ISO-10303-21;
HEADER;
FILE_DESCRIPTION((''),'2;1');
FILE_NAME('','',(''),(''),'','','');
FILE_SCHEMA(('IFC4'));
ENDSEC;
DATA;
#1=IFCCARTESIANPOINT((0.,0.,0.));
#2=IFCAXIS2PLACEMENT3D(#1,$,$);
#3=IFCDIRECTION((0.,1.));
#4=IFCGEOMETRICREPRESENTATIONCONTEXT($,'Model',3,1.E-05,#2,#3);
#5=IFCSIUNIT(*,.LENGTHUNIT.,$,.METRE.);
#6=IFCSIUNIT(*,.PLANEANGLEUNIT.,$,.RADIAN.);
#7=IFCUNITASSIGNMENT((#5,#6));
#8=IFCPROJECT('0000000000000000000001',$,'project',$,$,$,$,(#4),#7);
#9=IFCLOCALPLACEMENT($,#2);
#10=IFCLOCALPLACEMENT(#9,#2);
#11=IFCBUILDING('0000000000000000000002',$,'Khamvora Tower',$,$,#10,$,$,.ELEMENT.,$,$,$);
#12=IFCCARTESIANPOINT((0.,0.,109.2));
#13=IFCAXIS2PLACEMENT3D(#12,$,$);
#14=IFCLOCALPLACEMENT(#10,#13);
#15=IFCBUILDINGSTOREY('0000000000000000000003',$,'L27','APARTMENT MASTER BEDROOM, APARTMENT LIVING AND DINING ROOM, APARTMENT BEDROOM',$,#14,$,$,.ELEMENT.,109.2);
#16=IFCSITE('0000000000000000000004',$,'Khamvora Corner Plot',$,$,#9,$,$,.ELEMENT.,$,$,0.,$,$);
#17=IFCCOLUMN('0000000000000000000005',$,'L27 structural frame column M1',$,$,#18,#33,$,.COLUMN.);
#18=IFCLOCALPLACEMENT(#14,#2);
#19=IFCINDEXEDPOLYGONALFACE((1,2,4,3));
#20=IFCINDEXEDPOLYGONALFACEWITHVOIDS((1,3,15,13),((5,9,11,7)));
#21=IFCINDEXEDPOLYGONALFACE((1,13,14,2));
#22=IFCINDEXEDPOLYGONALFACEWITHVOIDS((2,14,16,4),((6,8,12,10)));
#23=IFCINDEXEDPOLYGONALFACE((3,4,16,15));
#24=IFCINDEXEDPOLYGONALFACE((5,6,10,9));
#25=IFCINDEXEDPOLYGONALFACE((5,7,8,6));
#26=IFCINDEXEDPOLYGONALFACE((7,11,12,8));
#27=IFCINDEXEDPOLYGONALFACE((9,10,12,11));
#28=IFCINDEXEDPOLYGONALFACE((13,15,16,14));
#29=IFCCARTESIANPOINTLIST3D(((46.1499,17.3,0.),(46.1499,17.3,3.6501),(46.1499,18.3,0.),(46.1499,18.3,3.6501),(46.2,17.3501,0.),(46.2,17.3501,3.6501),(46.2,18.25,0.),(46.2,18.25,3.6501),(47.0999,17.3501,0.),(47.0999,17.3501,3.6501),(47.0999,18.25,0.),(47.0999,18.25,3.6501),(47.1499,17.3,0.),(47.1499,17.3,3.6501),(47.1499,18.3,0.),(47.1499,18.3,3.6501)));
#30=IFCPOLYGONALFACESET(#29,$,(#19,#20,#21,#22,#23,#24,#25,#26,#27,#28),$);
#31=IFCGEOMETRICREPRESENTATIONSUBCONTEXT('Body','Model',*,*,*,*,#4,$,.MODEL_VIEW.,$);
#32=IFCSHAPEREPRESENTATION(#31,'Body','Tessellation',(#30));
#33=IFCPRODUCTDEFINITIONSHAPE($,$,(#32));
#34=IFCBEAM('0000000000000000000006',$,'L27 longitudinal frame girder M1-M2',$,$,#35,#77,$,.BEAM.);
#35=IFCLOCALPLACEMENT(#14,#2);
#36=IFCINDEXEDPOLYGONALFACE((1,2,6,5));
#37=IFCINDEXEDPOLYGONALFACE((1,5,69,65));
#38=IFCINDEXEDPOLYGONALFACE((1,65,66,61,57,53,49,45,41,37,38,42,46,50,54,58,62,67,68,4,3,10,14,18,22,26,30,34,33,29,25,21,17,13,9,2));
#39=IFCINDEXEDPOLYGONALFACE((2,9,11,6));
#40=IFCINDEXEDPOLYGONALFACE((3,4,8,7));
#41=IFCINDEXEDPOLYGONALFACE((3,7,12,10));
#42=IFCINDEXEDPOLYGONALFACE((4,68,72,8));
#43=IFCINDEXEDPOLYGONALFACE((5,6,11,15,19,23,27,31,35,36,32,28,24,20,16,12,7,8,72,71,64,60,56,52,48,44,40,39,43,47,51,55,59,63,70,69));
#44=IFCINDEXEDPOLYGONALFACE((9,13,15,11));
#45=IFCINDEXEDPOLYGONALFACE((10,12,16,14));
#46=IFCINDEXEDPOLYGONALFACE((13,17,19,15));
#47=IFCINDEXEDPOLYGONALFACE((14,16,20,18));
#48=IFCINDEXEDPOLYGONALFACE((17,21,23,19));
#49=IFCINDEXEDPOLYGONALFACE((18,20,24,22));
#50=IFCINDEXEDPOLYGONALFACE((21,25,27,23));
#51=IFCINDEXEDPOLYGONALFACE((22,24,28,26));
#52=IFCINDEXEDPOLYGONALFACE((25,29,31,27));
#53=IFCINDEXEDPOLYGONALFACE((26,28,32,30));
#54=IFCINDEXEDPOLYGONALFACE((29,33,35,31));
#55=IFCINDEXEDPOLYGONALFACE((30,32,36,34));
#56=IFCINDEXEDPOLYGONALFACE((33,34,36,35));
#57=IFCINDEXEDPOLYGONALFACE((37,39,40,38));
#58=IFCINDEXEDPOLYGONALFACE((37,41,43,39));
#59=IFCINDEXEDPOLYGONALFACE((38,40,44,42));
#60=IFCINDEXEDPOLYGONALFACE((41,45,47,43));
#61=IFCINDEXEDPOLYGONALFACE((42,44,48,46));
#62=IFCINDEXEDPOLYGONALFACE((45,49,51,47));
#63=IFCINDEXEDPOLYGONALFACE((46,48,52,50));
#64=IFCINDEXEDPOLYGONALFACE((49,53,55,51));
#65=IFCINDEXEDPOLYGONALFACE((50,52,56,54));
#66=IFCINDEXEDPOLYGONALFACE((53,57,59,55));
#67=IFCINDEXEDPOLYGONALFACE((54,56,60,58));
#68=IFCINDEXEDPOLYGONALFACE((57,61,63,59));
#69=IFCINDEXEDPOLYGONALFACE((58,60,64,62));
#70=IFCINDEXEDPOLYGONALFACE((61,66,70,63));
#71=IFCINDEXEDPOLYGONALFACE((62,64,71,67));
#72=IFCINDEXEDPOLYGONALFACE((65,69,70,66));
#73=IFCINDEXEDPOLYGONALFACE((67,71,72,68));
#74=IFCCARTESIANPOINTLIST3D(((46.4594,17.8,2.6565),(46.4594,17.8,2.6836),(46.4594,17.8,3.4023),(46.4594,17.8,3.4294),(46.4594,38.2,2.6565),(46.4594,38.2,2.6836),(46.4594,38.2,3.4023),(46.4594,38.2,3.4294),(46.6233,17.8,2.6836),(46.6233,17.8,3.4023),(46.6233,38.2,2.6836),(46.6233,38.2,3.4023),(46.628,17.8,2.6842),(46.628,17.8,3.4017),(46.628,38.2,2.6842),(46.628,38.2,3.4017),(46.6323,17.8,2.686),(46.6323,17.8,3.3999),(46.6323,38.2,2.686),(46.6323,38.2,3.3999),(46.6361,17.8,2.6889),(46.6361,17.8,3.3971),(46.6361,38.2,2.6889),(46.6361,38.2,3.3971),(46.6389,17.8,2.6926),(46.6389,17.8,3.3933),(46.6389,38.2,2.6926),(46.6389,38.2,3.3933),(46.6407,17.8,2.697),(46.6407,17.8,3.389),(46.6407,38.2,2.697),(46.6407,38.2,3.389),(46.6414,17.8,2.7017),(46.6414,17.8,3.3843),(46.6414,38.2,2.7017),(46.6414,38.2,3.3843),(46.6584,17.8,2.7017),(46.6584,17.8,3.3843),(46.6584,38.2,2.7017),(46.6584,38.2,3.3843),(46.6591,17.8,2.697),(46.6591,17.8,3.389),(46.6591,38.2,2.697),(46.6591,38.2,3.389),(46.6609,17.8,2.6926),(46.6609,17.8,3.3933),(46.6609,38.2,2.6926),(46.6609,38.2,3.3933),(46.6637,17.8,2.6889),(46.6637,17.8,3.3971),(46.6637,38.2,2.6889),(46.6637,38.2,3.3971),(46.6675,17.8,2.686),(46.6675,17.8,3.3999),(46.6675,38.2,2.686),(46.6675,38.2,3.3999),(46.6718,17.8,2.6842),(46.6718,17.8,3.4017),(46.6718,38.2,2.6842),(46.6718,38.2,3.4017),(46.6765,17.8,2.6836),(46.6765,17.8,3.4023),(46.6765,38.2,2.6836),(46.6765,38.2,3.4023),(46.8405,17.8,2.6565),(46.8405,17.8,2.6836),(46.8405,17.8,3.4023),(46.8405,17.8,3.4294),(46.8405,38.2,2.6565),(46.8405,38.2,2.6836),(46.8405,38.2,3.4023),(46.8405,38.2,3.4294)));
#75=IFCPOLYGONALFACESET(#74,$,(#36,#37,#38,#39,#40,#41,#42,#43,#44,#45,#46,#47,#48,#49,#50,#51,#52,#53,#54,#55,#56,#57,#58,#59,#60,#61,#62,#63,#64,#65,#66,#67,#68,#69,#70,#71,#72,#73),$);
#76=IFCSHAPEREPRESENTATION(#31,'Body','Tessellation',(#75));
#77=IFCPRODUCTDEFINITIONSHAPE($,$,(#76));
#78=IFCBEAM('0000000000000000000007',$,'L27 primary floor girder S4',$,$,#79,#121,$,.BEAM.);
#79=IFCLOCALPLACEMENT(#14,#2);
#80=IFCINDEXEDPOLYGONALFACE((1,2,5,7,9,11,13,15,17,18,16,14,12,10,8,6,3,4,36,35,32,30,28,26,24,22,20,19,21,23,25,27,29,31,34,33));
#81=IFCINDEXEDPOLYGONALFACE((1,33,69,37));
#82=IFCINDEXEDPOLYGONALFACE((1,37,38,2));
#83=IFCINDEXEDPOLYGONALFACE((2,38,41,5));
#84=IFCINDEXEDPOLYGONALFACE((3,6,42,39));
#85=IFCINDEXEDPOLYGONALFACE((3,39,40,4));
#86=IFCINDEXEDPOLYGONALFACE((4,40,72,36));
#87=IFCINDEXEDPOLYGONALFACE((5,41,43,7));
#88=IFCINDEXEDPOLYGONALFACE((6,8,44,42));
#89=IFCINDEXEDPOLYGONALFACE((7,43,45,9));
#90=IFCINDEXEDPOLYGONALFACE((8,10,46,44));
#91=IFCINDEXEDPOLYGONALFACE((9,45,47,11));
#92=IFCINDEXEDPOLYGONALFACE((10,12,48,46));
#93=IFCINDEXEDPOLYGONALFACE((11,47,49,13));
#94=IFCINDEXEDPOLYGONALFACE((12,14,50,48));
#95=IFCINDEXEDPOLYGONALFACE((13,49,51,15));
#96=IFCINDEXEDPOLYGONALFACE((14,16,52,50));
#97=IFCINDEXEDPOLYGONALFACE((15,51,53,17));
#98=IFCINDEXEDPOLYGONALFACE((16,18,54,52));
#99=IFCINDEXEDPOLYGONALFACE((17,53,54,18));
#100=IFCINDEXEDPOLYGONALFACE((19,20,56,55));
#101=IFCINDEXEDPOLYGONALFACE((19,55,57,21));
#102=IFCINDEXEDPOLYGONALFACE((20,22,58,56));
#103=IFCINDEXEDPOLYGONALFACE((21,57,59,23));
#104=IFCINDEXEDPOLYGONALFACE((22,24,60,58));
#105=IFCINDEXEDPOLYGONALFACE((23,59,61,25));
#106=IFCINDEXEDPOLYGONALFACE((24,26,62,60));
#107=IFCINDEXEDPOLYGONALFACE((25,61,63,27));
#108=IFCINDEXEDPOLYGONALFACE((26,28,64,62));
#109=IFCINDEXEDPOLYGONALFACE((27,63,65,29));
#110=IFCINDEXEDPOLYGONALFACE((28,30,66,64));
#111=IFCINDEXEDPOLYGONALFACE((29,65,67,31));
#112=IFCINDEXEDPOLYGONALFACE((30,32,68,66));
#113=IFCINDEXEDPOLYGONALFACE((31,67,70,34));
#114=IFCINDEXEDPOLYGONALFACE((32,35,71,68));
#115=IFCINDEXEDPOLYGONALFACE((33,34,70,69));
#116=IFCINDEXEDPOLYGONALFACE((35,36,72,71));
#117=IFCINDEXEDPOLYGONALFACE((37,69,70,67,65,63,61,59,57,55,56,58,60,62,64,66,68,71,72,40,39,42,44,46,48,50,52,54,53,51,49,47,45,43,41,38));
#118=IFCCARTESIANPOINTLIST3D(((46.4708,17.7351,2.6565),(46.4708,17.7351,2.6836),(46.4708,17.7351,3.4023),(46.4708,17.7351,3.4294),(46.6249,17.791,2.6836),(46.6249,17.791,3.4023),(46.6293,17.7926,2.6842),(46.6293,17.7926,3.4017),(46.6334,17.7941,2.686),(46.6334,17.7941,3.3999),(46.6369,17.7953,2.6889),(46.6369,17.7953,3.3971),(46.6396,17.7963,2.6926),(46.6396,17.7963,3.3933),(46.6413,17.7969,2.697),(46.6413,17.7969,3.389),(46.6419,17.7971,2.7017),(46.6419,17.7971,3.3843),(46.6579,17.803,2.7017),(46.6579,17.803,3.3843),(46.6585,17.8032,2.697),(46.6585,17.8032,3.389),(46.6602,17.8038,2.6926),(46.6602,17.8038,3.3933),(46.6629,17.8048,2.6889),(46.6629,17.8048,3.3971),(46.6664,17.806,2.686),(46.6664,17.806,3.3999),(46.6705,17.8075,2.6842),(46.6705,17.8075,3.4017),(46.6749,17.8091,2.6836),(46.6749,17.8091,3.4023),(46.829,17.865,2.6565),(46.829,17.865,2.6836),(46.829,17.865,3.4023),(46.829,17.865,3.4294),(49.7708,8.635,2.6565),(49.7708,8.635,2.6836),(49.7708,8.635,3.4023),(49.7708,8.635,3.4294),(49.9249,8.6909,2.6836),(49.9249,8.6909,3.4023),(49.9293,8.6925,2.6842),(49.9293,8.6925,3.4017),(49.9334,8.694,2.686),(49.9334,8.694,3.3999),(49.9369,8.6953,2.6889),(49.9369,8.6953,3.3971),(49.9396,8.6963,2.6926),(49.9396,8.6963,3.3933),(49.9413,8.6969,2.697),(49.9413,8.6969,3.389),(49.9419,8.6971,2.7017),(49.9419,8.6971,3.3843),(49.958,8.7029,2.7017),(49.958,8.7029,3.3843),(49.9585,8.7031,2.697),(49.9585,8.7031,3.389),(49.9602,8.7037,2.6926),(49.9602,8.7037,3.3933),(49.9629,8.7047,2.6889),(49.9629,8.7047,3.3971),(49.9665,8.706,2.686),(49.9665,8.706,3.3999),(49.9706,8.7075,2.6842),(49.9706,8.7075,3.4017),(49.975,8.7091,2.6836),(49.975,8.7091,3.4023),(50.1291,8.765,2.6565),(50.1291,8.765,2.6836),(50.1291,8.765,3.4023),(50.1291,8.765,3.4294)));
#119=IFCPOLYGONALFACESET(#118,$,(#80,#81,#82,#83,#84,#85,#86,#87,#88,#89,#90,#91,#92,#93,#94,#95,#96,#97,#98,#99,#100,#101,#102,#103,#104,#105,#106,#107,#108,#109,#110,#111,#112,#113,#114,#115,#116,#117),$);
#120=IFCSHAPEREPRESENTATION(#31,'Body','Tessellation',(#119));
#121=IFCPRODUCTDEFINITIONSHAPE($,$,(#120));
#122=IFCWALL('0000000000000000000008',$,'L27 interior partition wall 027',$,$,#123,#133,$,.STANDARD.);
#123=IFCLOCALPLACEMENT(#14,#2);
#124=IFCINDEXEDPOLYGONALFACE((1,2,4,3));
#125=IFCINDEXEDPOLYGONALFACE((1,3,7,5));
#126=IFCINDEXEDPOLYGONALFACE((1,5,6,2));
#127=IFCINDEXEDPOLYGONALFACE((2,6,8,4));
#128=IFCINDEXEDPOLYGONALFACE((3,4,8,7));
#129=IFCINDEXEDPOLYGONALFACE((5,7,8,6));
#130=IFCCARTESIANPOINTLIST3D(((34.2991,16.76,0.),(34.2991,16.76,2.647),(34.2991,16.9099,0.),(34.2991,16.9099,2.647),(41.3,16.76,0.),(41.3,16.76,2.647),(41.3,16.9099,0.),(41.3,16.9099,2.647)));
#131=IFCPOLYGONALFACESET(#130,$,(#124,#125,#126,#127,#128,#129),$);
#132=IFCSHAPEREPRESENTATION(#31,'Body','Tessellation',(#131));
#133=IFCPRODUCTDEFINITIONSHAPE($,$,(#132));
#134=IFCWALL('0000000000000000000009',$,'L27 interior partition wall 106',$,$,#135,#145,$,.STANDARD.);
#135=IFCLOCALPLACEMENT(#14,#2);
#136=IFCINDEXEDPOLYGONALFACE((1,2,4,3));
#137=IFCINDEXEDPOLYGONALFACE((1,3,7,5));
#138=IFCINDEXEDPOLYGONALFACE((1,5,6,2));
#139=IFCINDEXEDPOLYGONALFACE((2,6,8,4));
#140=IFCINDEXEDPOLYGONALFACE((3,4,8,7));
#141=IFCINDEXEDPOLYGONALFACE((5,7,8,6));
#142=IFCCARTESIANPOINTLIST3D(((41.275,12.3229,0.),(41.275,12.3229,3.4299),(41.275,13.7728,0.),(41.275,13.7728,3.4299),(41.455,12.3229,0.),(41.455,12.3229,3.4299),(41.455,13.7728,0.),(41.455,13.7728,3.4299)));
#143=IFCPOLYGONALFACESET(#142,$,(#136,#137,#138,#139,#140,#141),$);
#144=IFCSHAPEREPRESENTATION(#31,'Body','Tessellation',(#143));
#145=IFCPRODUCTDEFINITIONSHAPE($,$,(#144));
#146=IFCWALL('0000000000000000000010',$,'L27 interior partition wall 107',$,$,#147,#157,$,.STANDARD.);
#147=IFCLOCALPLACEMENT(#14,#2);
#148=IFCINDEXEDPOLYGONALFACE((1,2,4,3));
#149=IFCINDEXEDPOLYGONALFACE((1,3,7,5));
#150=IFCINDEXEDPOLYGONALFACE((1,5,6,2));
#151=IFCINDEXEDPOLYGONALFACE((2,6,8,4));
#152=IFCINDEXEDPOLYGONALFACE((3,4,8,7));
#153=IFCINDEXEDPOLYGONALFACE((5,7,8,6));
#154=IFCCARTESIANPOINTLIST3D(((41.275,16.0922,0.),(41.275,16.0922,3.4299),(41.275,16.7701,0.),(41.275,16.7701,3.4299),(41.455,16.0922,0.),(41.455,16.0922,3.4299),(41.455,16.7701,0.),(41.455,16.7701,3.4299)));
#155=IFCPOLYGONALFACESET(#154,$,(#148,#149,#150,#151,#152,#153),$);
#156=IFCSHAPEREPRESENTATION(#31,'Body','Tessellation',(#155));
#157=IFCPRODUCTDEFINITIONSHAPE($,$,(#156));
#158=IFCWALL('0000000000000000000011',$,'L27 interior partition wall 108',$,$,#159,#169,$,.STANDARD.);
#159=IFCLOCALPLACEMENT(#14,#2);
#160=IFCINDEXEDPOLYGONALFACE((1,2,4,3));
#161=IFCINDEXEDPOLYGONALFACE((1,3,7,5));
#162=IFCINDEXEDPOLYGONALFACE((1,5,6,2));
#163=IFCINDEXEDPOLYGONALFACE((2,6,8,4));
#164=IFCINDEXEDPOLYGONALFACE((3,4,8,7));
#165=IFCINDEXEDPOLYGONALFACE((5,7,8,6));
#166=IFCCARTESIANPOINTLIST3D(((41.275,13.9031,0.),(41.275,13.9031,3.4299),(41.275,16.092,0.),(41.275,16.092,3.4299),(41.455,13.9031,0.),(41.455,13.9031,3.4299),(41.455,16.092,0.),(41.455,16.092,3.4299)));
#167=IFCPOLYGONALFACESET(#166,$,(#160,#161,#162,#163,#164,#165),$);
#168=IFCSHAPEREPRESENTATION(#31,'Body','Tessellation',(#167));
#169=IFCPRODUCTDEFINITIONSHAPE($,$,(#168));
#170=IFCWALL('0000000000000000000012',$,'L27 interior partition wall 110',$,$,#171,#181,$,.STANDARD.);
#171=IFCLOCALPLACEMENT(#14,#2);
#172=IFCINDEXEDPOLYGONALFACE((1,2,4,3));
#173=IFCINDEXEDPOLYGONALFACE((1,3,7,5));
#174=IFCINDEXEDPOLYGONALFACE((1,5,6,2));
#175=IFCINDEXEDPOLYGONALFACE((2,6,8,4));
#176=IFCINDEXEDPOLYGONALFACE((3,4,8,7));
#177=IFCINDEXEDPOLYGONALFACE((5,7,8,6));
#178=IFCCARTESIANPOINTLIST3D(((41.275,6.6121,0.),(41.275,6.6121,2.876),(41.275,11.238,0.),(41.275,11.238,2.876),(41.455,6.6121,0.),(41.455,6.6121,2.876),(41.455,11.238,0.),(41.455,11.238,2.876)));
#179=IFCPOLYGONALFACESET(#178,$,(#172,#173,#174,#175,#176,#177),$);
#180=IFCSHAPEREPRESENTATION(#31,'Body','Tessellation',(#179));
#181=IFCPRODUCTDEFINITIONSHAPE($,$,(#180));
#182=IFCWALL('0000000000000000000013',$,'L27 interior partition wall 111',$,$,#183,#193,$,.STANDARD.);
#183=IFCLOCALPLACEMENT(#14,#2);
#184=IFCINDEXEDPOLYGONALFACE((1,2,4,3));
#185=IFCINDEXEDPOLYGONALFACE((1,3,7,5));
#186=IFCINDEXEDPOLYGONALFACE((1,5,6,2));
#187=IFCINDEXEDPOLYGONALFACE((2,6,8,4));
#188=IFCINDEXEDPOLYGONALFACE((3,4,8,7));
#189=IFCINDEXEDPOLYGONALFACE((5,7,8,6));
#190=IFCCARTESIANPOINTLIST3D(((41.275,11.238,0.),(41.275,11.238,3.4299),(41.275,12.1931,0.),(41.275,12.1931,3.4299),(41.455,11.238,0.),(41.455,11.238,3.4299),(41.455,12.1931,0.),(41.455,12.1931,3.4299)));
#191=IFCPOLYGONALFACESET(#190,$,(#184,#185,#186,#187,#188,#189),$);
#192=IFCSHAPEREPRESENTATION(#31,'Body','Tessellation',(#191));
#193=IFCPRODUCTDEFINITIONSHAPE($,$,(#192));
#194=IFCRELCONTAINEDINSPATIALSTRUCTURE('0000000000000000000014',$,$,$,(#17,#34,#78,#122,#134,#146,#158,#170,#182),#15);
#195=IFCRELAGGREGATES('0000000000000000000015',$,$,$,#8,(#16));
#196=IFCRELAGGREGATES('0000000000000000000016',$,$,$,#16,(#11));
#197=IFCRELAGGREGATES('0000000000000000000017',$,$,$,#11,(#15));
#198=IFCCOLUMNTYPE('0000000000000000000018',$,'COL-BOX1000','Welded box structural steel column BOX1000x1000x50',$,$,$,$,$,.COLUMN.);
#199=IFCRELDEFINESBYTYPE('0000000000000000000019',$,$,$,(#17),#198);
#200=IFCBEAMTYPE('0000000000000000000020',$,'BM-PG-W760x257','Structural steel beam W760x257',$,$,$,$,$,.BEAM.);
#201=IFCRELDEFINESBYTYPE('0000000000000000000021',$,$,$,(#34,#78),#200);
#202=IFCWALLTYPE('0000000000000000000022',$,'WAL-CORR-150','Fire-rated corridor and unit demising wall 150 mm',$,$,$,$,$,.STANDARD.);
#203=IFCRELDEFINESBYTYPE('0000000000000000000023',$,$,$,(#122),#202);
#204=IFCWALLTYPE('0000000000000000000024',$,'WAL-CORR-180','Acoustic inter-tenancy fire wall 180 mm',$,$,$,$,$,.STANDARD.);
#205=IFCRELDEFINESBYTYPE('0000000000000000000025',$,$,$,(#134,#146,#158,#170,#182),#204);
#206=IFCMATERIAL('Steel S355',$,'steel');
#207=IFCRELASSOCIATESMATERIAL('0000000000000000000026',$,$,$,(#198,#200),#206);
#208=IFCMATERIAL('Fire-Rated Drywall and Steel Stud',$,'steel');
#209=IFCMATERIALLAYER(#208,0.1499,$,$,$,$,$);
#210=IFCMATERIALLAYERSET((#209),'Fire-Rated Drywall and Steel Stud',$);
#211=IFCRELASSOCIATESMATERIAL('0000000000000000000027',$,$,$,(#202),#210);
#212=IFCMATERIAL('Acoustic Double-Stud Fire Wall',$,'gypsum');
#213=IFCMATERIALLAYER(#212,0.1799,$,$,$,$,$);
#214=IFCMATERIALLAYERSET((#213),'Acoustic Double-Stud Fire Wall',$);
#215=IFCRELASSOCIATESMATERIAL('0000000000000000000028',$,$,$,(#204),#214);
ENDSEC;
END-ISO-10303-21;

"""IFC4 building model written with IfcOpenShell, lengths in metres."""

from ifc_helpers import new_model, si_unit, direction, frame, frame_2d, origin, origin_2d, place, context, subcontext, project, spatial, rectangle, hollow_rectangle, i_section, extrude, material, layer, layer_set, material_profile, profile_set, type_object, element, save


model = new_model("IFC4")

# Units and contexts
model_context = context("Model", 3, precision=1e-05, world=origin(), true_north=direction((0.0, 1.0)))
body_context = subcontext(model_context, "Body", "Model", "MODEL_VIEW")
ifc_project = project(units=[si_unit("LENGTHUNIT", "METRE"), si_unit("PLANEANGLEUNIT", "RADIAN")], contexts=[model_context])

# Site, building, storey
site_placement = place(None, origin())
site = spatial("IfcSite", under=ifc_project, at=site_placement, Name="Khamvora Corner Plot", CompositionType="ELEMENT", RefElevation=0.0)
building_placement = place(site_placement, origin())
building = spatial("IfcBuilding", under=site, at=building_placement, Name="Khamvora Tower", CompositionType="ELEMENT")
storey_placement = place(building_placement, frame((0.0, 0.0, 109.2)))
storey = spatial("IfcBuildingStorey", under=building, at=storey_placement, Name="L27", Description="APARTMENT MASTER BEDROOM, APARTMENT LIVING AND DINING ROOM, APARTMENT BEDROOM", CompositionType="ELEMENT", Elevation=109.2)

# Column
ifc_material_1 = material(Name="Steel S355", Category="steel")
ifc_material_profile_1 = material_profile(ifc_material_1, hollow_rectangle(XDim=1.0, YDim=1.0, WallThickness=0.05, at=origin_2d()), Name="BOX1000x1000x50")
ifc_profile_set_1 = profile_set([ifc_material_profile_1], Name="Steel S355")
column_type = type_object("IfcColumnType", Name="COL-BOX1000", Description="Welded box structural steel column BOX1000x1000x50", PredefinedType="COLUMN", material=ifc_profile_set_1)
column_placement = place(storey_placement, frame((46.6499, 17.8, 0.0), z_axis=(0.0, 0.0, 1.0), x_axis=(1.0, 0.0, 0.0)))
element("IfcColumn", 1, at=column_placement, inside=storey, type_object=column_type, Name="L27 structural frame column M1", PredefinedType="COLUMN", context=body_context, shape_type="SweptSolid", body=[
    extrude(hollow_rectangle(XDim=1.0, YDim=1.0, WallThickness=0.05, at=origin_2d()), origin(), (0.0, 0.0, 1.0), 3.6501),
])

# Beams
ifc_material_profile_2 = material_profile(ifc_material_1, i_section(OverallWidth=0.3811, OverallDepth=0.7729, WebThickness=0.0171, FlangeThickness=0.0271, FilletRadius=0.0181, at=origin_2d()), Name="W760x257")
ifc_profile_set_2 = profile_set([ifc_material_profile_2], Name="Steel S355")
beam_type = type_object("IfcBeamType", Name="BM-PG-W760x257", Description="Structural steel beam W760x257", PredefinedType="BEAM", material=ifc_profile_set_2)
beam_1_placement = place(storey_placement, frame((46.6499, 17.8, 3.043), z_axis=(0.0, 1.0, 0.0), x_axis=(-1.0, 0.0, 0.0)))
element("IfcBeam", 2, at=beam_1_placement, inside=storey, type_object=beam_type, Name="L27 longitudinal frame girder M1-M2", PredefinedType="BEAM", context=body_context, shape_type="SweptSolid", body=[
    extrude(i_section(OverallWidth=0.3811, OverallDepth=0.7729, WebThickness=0.0171, FlangeThickness=0.0271, FilletRadius=0.0181, at=origin_2d()), origin(), (0.0, 0.0, 1.0), 20.3999),
])
beam_2_placement = place(storey_placement, frame((46.6499, 17.8, 3.043), z_axis=(0.340915, -0.940094, 0.0), x_axis=(0.940094, 0.340915, 0.0)))
element("IfcBeam", 3, at=beam_2_placement, inside=storey, type_object=beam_type, Name="L27 primary floor girder S4", PredefinedType="BEAM", context=body_context, shape_type="SweptSolid", body=[
    extrude(i_section(OverallWidth=0.3811, OverallDepth=0.7729, WebThickness=0.0171, FlangeThickness=0.0271, FilletRadius=0.0181, at=origin_2d()), origin(), (0.0, 0.0, 1.0), 9.6799),
])

# Walls
ifc_material_2 = material(Name="Fire-Rated Drywall and Steel Stud", Category="steel")
ifc_layer_1 = layer(ifc_material_2, 0.1499)
ifc_layer_set_1 = layer_set([ifc_layer_1], Name="Fire-Rated Drywall and Steel Stud")
wall_type_1 = type_object("IfcWallType", Name="WAL-CORR-150", Description="Fire-rated corridor and unit demising wall 150 mm", PredefinedType="STANDARD", material=ifc_layer_set_1)
wall_1_placement = place(storey_placement, frame((41.3, 16.835, 0.0), z_axis=(0.0, 0.0, 1.0), x_axis=(-1.0, 0.0, 0.0)))
element("IfcWall", 4, at=wall_1_placement, inside=storey, type_object=wall_type_1, Name="L27 interior partition wall 027", PredefinedType="STANDARD", context=body_context, shape_type="SweptSolid", body=[
    extrude(rectangle(XDim=7.001, YDim=0.1499, at=frame_2d((3.5005, 0.0))), origin(), (0.0, 0.0, 1.0), 2.647),
])
ifc_material_3 = material(Name="Acoustic Double-Stud Fire Wall", Category="gypsum")
ifc_layer_2 = layer(ifc_material_3, 0.1799)
ifc_layer_set_2 = layer_set([ifc_layer_2], Name="Acoustic Double-Stud Fire Wall")
wall_type_2 = type_object("IfcWallType", Name="WAL-CORR-180", Description="Acoustic inter-tenancy fire wall 180 mm", PredefinedType="STANDARD", material=ifc_layer_set_2)
wall_2_placement = place(storey_placement, frame((41.365, 13.7729, 0.0), z_axis=(0.0, 0.0, 1.0), x_axis=(0.0, -1.0, 0.0)))
element("IfcWall", 5, at=wall_2_placement, inside=storey, type_object=wall_type_2, Name="L27 interior partition wall 106", PredefinedType="STANDARD", context=body_context, shape_type="SweptSolid", body=[
    extrude(rectangle(XDim=1.45, YDim=0.1799, at=frame_2d((0.7251, 0.0))), origin(), (0.0, 0.0, 1.0), 3.4299),
])
wall_3_placement = place(storey_placement, frame((41.365, 16.77, 0.0), z_axis=(0.0, 0.0, 1.0), x_axis=(0.0, -1.0, 0.0)))
element("IfcWall", 6, at=wall_3_placement, inside=storey, type_object=wall_type_2, Name="L27 interior partition wall 107", PredefinedType="STANDARD", context=body_context, shape_type="SweptSolid", body=[
    extrude(rectangle(XDim=0.678, YDim=0.1799, at=frame_2d((0.3389, 0.0))), origin(), (0.0, 0.0, 1.0), 3.4299),
])
wall_4_placement = place(storey_placement, frame((41.365, 16.092, 0.0), z_axis=(0.0, 0.0, 1.0), x_axis=(0.0, -1.0, 0.0)))
element("IfcWall", 7, at=wall_4_placement, inside=storey, type_object=wall_type_2, Name="L27 interior partition wall 108", PredefinedType="STANDARD", context=body_context, shape_type="SweptSolid", body=[
    extrude(rectangle(XDim=2.189, YDim=0.1799, at=frame_2d((1.0945, 0.0))), origin(), (0.0, 0.0, 1.0), 3.4299),
])
wall_5_placement = place(storey_placement, frame((41.365, 11.238, 0.0), z_axis=(0.0, 0.0, 1.0), x_axis=(0.0, -1.0, 0.0)))
element("IfcWall", 8, at=wall_5_placement, inside=storey, type_object=wall_type_2, Name="L27 interior partition wall 110", PredefinedType="STANDARD", context=body_context, shape_type="SweptSolid", body=[
    extrude(rectangle(XDim=4.626, YDim=0.1799, at=frame_2d((2.313, 0.0))), origin(), (0.0, 0.0, 1.0), 2.876),
])
wall_6_placement = place(storey_placement, frame((41.365, 12.1931, 0.0), z_axis=(0.0, 0.0, 1.0), x_axis=(0.0, -1.0, 0.0)))
element("IfcWall", 9, at=wall_6_placement, inside=storey, type_object=wall_type_2, Name="L27 interior partition wall 111", PredefinedType="STANDARD", context=body_context, shape_type="SweptSolid", body=[
    extrude(rectangle(XDim=0.9551, YDim=0.1799, at=frame_2d((0.4775, 0.0))), origin(), (0.0, 0.0, 1.0), 3.4299),
])

save(model, "model.ifc")
